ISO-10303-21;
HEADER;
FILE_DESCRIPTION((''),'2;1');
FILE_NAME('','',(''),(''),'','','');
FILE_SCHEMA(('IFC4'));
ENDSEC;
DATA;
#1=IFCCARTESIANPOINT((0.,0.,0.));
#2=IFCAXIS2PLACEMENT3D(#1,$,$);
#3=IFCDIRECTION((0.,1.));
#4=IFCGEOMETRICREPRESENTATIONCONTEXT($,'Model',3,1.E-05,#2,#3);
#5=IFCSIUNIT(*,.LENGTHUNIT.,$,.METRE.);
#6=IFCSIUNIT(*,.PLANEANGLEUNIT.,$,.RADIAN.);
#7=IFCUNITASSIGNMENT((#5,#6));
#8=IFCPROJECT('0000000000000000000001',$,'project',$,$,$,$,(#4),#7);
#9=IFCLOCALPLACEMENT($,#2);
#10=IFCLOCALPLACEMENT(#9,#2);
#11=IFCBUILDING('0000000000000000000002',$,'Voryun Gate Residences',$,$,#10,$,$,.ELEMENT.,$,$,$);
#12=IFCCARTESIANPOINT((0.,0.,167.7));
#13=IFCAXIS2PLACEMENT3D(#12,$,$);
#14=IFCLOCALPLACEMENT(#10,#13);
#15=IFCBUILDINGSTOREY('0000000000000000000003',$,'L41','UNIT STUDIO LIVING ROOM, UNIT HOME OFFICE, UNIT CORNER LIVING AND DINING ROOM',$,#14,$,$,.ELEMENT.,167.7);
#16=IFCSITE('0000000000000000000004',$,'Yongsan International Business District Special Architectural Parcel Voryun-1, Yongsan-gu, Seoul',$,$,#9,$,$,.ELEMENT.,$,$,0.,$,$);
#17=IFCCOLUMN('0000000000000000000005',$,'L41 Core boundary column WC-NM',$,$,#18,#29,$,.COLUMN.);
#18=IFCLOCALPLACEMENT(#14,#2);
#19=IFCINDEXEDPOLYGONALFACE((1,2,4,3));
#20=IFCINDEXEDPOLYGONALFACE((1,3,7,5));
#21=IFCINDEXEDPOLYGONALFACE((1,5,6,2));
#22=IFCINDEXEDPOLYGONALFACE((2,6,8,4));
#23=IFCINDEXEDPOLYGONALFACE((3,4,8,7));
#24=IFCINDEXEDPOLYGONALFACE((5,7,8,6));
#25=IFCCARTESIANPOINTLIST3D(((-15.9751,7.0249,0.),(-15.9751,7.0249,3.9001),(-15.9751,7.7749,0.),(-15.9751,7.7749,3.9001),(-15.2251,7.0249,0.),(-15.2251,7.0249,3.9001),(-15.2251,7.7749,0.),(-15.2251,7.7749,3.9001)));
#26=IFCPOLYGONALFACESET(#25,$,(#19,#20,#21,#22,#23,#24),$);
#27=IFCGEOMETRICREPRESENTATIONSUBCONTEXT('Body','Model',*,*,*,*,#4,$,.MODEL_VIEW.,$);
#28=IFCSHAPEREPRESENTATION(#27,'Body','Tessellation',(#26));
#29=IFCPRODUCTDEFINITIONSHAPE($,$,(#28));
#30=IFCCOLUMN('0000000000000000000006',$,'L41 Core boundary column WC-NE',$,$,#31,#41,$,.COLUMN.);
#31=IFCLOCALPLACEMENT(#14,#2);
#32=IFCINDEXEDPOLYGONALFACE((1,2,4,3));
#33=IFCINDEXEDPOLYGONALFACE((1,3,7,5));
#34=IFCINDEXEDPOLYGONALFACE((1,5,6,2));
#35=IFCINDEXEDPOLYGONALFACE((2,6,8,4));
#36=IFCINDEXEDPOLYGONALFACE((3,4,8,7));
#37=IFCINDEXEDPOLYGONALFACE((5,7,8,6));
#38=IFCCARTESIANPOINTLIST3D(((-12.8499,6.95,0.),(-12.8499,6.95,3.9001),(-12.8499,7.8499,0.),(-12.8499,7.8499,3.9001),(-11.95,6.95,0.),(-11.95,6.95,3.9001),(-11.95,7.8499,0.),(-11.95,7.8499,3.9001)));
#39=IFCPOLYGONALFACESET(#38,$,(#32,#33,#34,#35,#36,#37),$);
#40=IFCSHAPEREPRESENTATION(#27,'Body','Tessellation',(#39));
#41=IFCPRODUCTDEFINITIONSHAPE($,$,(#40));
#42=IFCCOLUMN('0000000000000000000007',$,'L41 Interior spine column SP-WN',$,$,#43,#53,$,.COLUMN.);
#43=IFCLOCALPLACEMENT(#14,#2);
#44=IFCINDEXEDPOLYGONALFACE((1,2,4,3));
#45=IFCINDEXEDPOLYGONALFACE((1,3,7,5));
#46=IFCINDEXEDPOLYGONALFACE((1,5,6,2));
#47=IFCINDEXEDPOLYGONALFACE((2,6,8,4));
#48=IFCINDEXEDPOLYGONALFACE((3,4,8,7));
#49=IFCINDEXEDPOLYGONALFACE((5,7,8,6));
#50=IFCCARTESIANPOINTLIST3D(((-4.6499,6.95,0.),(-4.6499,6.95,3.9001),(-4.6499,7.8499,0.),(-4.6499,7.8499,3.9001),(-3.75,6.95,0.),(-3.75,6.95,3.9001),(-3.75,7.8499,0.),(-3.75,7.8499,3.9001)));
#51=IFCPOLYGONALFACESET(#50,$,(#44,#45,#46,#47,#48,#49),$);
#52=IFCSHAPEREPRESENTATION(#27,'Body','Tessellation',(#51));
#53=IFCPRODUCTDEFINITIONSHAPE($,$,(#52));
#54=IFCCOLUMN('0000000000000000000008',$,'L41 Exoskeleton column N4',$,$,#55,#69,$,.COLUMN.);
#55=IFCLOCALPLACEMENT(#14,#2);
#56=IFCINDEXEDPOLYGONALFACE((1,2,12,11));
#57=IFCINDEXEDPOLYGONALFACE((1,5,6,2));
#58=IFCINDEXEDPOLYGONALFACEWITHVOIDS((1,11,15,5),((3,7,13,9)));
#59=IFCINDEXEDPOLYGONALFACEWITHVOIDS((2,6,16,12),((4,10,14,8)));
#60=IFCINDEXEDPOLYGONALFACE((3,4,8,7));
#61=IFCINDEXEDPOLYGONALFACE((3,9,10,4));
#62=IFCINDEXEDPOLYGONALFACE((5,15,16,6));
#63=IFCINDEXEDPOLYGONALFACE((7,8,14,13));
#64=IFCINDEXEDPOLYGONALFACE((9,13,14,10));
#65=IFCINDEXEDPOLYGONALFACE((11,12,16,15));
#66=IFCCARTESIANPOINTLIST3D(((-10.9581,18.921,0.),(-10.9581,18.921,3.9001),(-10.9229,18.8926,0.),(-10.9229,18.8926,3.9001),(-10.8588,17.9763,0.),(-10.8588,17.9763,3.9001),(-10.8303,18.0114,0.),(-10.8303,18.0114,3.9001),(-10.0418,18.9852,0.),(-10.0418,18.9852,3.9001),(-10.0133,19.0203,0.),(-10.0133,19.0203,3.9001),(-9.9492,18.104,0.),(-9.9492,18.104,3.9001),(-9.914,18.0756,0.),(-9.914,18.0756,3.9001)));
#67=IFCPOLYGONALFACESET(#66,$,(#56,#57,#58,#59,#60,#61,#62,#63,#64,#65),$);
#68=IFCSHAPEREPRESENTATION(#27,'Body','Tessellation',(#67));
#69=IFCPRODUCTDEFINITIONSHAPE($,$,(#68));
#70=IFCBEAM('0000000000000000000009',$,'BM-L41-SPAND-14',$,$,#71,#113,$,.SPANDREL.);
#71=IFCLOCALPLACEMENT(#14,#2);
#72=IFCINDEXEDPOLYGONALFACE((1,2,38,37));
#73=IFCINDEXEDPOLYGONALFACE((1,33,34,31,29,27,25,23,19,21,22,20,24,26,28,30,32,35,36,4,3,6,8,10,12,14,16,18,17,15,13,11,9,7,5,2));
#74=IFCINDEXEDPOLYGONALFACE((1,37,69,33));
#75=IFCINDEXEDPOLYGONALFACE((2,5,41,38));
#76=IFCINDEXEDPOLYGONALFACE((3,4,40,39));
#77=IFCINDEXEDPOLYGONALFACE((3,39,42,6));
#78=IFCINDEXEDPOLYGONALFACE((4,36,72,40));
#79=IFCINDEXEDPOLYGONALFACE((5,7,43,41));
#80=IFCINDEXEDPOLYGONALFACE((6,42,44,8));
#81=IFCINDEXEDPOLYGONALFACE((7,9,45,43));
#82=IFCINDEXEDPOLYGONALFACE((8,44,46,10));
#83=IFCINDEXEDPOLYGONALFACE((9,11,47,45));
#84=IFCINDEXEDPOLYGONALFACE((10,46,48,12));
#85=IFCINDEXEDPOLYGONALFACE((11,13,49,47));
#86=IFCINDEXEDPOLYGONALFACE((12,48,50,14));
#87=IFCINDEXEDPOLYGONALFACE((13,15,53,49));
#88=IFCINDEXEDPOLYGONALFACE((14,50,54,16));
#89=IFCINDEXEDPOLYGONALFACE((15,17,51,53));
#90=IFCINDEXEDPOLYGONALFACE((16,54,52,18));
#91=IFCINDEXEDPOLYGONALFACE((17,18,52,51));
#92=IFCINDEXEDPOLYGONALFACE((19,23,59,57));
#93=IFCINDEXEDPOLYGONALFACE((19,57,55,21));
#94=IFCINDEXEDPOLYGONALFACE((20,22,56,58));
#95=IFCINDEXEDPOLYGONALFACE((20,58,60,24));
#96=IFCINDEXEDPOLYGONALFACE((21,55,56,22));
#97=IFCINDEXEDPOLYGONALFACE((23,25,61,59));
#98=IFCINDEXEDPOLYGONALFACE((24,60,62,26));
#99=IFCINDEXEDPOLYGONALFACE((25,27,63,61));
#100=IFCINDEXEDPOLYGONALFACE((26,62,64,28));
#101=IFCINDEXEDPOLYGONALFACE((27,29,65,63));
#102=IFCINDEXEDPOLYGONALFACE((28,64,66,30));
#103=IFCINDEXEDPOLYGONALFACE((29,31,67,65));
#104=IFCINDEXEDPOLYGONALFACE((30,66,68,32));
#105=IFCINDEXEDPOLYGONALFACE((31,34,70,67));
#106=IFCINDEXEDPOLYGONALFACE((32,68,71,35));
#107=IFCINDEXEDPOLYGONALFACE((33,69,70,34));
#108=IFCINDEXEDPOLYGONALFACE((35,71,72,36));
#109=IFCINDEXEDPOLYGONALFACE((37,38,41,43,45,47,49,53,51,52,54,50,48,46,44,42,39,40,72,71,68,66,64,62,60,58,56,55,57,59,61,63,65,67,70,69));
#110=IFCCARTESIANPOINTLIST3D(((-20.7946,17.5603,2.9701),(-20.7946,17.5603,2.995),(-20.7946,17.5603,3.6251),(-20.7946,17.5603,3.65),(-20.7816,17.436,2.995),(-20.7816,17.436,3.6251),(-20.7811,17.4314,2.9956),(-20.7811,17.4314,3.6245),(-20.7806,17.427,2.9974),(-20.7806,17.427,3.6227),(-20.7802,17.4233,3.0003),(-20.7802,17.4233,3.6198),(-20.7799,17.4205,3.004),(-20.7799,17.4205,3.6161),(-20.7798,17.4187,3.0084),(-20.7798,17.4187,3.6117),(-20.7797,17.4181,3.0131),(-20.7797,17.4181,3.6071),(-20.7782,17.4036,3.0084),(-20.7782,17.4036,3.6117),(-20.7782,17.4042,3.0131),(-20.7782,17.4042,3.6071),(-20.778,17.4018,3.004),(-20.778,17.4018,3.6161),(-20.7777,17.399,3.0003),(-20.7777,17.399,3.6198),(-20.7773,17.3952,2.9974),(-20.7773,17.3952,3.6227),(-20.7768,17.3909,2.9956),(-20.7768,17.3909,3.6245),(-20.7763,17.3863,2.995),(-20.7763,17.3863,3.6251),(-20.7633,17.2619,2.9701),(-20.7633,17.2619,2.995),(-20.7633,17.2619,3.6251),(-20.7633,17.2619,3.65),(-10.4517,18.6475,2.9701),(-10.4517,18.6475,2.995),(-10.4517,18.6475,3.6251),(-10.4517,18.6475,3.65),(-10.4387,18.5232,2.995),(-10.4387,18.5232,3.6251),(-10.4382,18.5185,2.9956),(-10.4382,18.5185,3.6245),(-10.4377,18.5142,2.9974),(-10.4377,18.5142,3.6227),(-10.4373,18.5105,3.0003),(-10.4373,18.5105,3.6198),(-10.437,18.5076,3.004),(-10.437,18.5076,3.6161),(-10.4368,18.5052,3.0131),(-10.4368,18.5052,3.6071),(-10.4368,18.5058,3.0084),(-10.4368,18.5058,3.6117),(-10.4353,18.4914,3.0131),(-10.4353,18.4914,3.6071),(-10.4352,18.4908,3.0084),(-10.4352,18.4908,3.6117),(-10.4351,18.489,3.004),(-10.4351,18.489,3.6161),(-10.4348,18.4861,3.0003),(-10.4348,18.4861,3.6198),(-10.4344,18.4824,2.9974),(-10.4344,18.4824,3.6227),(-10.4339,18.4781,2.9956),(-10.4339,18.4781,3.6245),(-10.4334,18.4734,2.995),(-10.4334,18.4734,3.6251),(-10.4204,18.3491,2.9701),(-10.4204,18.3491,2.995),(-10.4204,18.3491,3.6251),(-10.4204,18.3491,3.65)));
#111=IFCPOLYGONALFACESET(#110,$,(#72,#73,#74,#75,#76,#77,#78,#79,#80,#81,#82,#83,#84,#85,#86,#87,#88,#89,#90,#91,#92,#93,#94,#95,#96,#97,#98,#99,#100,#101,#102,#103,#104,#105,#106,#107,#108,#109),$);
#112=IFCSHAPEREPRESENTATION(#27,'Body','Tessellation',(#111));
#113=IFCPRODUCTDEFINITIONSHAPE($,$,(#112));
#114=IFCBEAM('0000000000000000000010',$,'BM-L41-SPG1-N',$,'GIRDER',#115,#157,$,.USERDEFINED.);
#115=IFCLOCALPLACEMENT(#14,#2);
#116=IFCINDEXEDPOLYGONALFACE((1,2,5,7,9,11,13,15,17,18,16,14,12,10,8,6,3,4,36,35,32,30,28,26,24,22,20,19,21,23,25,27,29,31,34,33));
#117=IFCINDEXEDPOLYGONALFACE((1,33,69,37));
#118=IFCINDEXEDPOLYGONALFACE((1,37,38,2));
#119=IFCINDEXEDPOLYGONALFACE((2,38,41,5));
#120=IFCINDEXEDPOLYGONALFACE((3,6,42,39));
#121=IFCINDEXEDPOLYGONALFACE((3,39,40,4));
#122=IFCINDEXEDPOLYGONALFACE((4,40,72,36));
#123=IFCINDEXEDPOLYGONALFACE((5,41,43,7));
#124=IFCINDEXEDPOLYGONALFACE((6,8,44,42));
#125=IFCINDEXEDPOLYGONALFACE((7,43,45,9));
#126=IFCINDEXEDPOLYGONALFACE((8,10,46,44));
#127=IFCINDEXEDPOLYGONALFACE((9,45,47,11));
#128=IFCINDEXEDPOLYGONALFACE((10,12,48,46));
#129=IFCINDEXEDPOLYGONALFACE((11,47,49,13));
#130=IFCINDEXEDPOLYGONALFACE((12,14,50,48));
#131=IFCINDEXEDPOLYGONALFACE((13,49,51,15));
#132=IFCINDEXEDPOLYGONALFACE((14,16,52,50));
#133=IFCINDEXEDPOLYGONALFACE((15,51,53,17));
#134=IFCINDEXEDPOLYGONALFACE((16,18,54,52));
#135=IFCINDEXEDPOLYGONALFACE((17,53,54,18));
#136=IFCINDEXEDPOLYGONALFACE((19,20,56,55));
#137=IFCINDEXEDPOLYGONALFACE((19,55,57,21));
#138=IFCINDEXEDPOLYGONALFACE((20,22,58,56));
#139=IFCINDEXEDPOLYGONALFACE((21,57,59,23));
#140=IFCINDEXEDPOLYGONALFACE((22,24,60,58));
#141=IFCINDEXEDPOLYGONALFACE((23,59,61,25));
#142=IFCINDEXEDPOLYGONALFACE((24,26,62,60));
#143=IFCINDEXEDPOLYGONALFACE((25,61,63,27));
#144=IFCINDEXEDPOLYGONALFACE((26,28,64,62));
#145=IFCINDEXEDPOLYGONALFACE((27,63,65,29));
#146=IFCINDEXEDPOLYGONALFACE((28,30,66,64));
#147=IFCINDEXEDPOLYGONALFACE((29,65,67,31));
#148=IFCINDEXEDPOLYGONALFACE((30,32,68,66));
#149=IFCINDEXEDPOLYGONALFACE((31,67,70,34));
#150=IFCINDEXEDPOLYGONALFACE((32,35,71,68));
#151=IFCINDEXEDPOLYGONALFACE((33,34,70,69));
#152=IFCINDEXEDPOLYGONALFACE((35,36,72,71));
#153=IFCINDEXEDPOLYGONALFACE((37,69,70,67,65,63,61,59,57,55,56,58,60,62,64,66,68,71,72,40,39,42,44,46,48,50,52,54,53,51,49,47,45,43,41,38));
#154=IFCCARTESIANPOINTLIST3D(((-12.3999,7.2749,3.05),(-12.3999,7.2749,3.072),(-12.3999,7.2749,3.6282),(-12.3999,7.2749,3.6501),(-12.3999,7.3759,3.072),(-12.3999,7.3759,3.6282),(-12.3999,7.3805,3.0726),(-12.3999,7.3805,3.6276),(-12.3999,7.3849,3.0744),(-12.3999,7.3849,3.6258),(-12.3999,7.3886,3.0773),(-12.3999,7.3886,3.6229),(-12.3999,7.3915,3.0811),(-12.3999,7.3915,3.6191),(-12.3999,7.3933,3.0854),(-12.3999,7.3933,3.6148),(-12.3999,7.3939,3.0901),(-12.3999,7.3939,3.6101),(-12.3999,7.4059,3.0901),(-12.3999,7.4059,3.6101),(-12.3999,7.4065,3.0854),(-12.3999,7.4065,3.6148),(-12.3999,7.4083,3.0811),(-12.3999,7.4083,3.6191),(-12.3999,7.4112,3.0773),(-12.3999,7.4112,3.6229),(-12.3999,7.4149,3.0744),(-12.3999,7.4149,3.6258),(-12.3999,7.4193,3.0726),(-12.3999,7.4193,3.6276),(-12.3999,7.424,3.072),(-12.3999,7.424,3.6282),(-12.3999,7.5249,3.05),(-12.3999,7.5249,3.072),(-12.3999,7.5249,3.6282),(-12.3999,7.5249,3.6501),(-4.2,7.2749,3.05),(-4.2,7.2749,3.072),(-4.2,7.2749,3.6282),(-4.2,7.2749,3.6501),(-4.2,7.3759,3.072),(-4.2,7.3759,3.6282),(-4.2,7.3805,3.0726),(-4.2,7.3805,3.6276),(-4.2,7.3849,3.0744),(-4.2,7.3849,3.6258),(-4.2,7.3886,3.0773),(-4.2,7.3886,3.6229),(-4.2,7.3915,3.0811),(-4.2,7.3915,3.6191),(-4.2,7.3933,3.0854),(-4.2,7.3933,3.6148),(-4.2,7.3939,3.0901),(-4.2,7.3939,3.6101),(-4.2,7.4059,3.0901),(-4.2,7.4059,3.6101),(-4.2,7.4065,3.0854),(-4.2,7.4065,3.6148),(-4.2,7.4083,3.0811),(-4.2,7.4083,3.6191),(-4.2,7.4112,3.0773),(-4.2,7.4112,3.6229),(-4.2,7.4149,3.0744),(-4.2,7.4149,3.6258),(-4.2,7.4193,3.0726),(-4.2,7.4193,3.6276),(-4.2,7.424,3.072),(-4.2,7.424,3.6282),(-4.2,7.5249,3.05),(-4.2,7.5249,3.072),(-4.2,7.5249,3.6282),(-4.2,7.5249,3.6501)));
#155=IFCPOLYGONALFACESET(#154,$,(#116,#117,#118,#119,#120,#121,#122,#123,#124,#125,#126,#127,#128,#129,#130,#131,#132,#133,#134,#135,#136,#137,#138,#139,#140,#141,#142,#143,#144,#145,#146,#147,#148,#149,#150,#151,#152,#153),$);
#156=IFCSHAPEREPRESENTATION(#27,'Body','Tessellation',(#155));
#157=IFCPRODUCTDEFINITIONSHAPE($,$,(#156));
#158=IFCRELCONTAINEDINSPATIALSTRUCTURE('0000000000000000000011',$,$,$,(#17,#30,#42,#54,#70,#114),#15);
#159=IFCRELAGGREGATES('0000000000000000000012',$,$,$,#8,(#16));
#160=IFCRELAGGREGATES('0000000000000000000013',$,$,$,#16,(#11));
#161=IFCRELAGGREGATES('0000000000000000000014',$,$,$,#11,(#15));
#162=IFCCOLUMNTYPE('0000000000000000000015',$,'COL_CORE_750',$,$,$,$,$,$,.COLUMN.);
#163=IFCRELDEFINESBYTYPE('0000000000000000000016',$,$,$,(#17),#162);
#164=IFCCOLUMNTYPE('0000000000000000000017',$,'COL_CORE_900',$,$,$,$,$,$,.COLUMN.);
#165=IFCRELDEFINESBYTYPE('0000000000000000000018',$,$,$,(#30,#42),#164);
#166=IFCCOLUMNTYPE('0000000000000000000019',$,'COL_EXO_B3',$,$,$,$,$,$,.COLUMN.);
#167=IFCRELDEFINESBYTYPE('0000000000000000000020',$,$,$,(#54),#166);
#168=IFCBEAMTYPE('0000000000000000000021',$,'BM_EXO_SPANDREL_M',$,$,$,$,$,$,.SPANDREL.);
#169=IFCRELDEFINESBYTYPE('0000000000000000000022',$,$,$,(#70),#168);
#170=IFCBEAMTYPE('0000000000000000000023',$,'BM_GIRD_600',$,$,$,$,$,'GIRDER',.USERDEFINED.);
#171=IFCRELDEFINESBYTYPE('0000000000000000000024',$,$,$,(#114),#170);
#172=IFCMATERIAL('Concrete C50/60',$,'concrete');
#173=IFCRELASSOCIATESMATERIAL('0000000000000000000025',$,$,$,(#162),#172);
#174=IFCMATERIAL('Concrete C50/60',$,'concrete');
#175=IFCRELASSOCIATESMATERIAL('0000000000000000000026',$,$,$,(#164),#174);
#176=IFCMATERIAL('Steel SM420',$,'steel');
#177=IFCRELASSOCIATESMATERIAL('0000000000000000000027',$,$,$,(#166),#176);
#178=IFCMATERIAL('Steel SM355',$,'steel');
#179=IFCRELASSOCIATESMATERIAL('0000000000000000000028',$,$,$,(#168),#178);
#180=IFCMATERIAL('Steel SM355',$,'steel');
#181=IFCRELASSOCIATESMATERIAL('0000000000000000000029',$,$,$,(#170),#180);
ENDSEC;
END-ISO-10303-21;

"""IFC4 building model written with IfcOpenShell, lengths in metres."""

from ifc_helpers import new_model, si_unit, direction, frame, origin, origin_2d, place, context, subcontext, project, spatial, rectangle, hollow_rectangle, i_section, extrude, material, material_profile, profile_set, type_object, element, save


model = new_model("IFC4")

# Units and contexts
model_context = context("Model", 3, precision=1e-05, world=origin(), true_north=direction((0.0, 1.0)))
body_context = subcontext(model_context, "Body", "Model", "MODEL_VIEW")
ifc_project = project(units=[si_unit("LENGTHUNIT", "METRE"), si_unit("PLANEANGLEUNIT", "RADIAN")], contexts=[model_context])

# Site, building, storey
site_placement = place(None, origin())
site = spatial("IfcSite", under=ifc_project, at=site_placement, Name="Yongsan International Business District Special Architectural Parcel Voryun-1, Yongsan-gu, Seoul", CompositionType="ELEMENT", RefElevation=0.0)
building_placement = place(site_placement, origin())
building = spatial("IfcBuilding", under=site, at=building_placement, Name="Voryun Gate Residences", CompositionType="ELEMENT")
storey_placement = place(building_placement, frame((0.0, 0.0, 167.7)))
storey = spatial("IfcBuildingStorey", under=building, at=storey_placement, Name="L41", Description="UNIT STUDIO LIVING ROOM, UNIT HOME OFFICE, UNIT CORNER LIVING AND DINING ROOM", CompositionType="ELEMENT", Elevation=167.7)

# Columns
ifc_material_1 = material(Name="Concrete C50/60", Category="concrete")
ifc_material_profile_1 = material_profile(ifc_material_1, rectangle(XDim=0.75, YDim=0.75, at=origin_2d()), Name="RC-750x750")
ifc_profile_set_1 = profile_set([ifc_material_profile_1], Name="Concrete C50/60")
column_type_1 = type_object("IfcColumnType", Name="COL_CORE_750", PredefinedType="COLUMN", material=ifc_profile_set_1)
column_1_placement = place(storey_placement, frame((-15.6001, 7.3999, 0.0), z_axis=(0.0, 0.0, 1.0), x_axis=(1.0, 0.0, 0.0)))
element("IfcColumn", 1, at=column_1_placement, inside=storey, type_object=column_type_1, Name="L41 Core boundary column WC-NM", PredefinedType="COLUMN", context=body_context, shape_type="SweptSolid", body=[
    extrude(rectangle(XDim=0.75, YDim=0.75, at=origin_2d()), origin(), (0.0, 0.0, 1.0), 3.9001),
])
ifc_material_2 = material(Name="Concrete C50/60", Category="concrete")
ifc_material_profile_2 = material_profile(ifc_material_2, rectangle(XDim=0.8999, YDim=0.8999, at=origin_2d()), Name="RC-900x900")
ifc_profile_set_2 = profile_set([ifc_material_profile_2], Name="Concrete C50/60")
column_type_2 = type_object("IfcColumnType", Name="COL_CORE_900", PredefinedType="COLUMN", material=ifc_profile_set_2)
for number, where, z_axis, x_axis, name in (
    (2, (-12.3999, 7.3999, 0.0), (0.0, 0.0, 1.0), (1.0, 0.0, 0.0), "L41 Core boundary column WC-NE"),
    (3, (-4.2, 7.3999, 0.0), (0.0, 0.0, 1.0), (1.0, 0.0, 0.0), "L41 Interior spine column SP-WN"),
):
    element("IfcColumn", number, at=place(storey_placement, frame(where, z_axis=z_axis, x_axis=x_axis)), inside=storey, type_object=column_type_2, Name=name, PredefinedType="COLUMN", context=body_context, shape_type="SweptSolid", body=[
        extrude(rectangle(XDim=0.8999, YDim=0.8999, at=origin_2d()), origin(), (0.0, 0.0, 1.0), 3.9001),
    ])
ifc_material_3 = material(Name="Steel SM420", Category="steel")
ifc_material_profile_3 = material_profile(ifc_material_3, hollow_rectangle(XDim=0.95, YDim=0.95, WallThickness=0.032, at=origin_2d()), Name="BOX-950x950x32")
ifc_profile_set_3 = profile_set([ifc_material_profile_3], Name="Steel SM420")
column_type_3 = type_object("IfcColumnType", Name="COL_EXO_B3", PredefinedType="COLUMN", material=ifc_profile_set_3)
column_2_placement = place(storey_placement, frame((-10.436, 18.4983, 0.0), z_axis=(0.0, 0.0, 1.0), x_axis=(0.994522, 0.104528, 0.0)))
element("IfcColumn", 4, at=column_2_placement, inside=storey, type_object=column_type_3, Name="L41 Exoskeleton column N4", PredefinedType="COLUMN", context=body_context, shape_type="SweptSolid", body=[
    extrude(hollow_rectangle(XDim=0.95, YDim=0.95, WallThickness=0.032, at=origin_2d()), origin(), (0.0, 0.0, 1.0), 3.9001),
])

# Beams
ifc_material_4 = material(Name="Steel SM355", Category="steel")
ifc_material_profile_4 = material_profile(ifc_material_4, i_section(OverallWidth=0.3, OverallDepth=0.6799, WebThickness=0.0139, FlangeThickness=0.0249, FilletRadius=0.0181, at=origin_2d()), Name="H-680x300x14x25")
ifc_profile_set_4 = profile_set([ifc_material_profile_4], Name="Steel SM355")
beam_type_1 = type_object("IfcBeamType", Name="BM_EXO_SPANDREL_M", PredefinedType="SPANDREL", material=ifc_profile_set_4)
beam_1_placement = place(storey_placement, frame((-10.436, 18.4983, 3.3101), z_axis=(-0.994521, -0.104534, 0.0), x_axis=(0.104534, -0.994521, 0.0)))
element("IfcBeam", 5, at=beam_1_placement, inside=storey, type_object=beam_type_1, Name="BM-L41-SPAND-14", PredefinedType="SPANDREL", context=body_context, shape_type="SweptSolid", body=[
    extrude(i_section(OverallWidth=0.3, OverallDepth=0.6799, WebThickness=0.0139, FlangeThickness=0.0249, FilletRadius=0.0181, at=origin_2d()), origin(), (0.0, 0.0, 1.0), 10.3999),
])
ifc_material_5 = material(Name="Steel SM355", Category="steel")
ifc_material_profile_5 = material_profile(ifc_material_5, i_section(OverallWidth=0.25, OverallDepth=0.6001, WebThickness=0.012, FlangeThickness=0.022, FilletRadius=0.0181, at=origin_2d()), Name="H-600x250x12x22")
ifc_profile_set_5 = profile_set([ifc_material_profile_5], Name="Steel SM355")
beam_type_2 = type_object("IfcBeamType", Name="BM_GIRD_600", ElementType="GIRDER", PredefinedType="USERDEFINED", material=ifc_profile_set_5)
beam_2_placement = place(storey_placement, frame((-12.3999, 7.3999, 3.3501), z_axis=(1.0, 0.0, 0.0), x_axis=(0.0, 1.0, 0.0)))
element("IfcBeam", 6, at=beam_2_placement, inside=storey, type_object=beam_type_2, Name="BM-L41-SPG1-N", ObjectType="GIRDER", PredefinedType="USERDEFINED", context=body_context, shape_type="SweptSolid", body=[
    extrude(i_section(OverallWidth=0.25, OverallDepth=0.6001, WebThickness=0.012, FlangeThickness=0.022, FilletRadius=0.0181, at=origin_2d()), origin(), (0.0, 0.0, 1.0), 8.2),
])

save(model, "model.ifc")
